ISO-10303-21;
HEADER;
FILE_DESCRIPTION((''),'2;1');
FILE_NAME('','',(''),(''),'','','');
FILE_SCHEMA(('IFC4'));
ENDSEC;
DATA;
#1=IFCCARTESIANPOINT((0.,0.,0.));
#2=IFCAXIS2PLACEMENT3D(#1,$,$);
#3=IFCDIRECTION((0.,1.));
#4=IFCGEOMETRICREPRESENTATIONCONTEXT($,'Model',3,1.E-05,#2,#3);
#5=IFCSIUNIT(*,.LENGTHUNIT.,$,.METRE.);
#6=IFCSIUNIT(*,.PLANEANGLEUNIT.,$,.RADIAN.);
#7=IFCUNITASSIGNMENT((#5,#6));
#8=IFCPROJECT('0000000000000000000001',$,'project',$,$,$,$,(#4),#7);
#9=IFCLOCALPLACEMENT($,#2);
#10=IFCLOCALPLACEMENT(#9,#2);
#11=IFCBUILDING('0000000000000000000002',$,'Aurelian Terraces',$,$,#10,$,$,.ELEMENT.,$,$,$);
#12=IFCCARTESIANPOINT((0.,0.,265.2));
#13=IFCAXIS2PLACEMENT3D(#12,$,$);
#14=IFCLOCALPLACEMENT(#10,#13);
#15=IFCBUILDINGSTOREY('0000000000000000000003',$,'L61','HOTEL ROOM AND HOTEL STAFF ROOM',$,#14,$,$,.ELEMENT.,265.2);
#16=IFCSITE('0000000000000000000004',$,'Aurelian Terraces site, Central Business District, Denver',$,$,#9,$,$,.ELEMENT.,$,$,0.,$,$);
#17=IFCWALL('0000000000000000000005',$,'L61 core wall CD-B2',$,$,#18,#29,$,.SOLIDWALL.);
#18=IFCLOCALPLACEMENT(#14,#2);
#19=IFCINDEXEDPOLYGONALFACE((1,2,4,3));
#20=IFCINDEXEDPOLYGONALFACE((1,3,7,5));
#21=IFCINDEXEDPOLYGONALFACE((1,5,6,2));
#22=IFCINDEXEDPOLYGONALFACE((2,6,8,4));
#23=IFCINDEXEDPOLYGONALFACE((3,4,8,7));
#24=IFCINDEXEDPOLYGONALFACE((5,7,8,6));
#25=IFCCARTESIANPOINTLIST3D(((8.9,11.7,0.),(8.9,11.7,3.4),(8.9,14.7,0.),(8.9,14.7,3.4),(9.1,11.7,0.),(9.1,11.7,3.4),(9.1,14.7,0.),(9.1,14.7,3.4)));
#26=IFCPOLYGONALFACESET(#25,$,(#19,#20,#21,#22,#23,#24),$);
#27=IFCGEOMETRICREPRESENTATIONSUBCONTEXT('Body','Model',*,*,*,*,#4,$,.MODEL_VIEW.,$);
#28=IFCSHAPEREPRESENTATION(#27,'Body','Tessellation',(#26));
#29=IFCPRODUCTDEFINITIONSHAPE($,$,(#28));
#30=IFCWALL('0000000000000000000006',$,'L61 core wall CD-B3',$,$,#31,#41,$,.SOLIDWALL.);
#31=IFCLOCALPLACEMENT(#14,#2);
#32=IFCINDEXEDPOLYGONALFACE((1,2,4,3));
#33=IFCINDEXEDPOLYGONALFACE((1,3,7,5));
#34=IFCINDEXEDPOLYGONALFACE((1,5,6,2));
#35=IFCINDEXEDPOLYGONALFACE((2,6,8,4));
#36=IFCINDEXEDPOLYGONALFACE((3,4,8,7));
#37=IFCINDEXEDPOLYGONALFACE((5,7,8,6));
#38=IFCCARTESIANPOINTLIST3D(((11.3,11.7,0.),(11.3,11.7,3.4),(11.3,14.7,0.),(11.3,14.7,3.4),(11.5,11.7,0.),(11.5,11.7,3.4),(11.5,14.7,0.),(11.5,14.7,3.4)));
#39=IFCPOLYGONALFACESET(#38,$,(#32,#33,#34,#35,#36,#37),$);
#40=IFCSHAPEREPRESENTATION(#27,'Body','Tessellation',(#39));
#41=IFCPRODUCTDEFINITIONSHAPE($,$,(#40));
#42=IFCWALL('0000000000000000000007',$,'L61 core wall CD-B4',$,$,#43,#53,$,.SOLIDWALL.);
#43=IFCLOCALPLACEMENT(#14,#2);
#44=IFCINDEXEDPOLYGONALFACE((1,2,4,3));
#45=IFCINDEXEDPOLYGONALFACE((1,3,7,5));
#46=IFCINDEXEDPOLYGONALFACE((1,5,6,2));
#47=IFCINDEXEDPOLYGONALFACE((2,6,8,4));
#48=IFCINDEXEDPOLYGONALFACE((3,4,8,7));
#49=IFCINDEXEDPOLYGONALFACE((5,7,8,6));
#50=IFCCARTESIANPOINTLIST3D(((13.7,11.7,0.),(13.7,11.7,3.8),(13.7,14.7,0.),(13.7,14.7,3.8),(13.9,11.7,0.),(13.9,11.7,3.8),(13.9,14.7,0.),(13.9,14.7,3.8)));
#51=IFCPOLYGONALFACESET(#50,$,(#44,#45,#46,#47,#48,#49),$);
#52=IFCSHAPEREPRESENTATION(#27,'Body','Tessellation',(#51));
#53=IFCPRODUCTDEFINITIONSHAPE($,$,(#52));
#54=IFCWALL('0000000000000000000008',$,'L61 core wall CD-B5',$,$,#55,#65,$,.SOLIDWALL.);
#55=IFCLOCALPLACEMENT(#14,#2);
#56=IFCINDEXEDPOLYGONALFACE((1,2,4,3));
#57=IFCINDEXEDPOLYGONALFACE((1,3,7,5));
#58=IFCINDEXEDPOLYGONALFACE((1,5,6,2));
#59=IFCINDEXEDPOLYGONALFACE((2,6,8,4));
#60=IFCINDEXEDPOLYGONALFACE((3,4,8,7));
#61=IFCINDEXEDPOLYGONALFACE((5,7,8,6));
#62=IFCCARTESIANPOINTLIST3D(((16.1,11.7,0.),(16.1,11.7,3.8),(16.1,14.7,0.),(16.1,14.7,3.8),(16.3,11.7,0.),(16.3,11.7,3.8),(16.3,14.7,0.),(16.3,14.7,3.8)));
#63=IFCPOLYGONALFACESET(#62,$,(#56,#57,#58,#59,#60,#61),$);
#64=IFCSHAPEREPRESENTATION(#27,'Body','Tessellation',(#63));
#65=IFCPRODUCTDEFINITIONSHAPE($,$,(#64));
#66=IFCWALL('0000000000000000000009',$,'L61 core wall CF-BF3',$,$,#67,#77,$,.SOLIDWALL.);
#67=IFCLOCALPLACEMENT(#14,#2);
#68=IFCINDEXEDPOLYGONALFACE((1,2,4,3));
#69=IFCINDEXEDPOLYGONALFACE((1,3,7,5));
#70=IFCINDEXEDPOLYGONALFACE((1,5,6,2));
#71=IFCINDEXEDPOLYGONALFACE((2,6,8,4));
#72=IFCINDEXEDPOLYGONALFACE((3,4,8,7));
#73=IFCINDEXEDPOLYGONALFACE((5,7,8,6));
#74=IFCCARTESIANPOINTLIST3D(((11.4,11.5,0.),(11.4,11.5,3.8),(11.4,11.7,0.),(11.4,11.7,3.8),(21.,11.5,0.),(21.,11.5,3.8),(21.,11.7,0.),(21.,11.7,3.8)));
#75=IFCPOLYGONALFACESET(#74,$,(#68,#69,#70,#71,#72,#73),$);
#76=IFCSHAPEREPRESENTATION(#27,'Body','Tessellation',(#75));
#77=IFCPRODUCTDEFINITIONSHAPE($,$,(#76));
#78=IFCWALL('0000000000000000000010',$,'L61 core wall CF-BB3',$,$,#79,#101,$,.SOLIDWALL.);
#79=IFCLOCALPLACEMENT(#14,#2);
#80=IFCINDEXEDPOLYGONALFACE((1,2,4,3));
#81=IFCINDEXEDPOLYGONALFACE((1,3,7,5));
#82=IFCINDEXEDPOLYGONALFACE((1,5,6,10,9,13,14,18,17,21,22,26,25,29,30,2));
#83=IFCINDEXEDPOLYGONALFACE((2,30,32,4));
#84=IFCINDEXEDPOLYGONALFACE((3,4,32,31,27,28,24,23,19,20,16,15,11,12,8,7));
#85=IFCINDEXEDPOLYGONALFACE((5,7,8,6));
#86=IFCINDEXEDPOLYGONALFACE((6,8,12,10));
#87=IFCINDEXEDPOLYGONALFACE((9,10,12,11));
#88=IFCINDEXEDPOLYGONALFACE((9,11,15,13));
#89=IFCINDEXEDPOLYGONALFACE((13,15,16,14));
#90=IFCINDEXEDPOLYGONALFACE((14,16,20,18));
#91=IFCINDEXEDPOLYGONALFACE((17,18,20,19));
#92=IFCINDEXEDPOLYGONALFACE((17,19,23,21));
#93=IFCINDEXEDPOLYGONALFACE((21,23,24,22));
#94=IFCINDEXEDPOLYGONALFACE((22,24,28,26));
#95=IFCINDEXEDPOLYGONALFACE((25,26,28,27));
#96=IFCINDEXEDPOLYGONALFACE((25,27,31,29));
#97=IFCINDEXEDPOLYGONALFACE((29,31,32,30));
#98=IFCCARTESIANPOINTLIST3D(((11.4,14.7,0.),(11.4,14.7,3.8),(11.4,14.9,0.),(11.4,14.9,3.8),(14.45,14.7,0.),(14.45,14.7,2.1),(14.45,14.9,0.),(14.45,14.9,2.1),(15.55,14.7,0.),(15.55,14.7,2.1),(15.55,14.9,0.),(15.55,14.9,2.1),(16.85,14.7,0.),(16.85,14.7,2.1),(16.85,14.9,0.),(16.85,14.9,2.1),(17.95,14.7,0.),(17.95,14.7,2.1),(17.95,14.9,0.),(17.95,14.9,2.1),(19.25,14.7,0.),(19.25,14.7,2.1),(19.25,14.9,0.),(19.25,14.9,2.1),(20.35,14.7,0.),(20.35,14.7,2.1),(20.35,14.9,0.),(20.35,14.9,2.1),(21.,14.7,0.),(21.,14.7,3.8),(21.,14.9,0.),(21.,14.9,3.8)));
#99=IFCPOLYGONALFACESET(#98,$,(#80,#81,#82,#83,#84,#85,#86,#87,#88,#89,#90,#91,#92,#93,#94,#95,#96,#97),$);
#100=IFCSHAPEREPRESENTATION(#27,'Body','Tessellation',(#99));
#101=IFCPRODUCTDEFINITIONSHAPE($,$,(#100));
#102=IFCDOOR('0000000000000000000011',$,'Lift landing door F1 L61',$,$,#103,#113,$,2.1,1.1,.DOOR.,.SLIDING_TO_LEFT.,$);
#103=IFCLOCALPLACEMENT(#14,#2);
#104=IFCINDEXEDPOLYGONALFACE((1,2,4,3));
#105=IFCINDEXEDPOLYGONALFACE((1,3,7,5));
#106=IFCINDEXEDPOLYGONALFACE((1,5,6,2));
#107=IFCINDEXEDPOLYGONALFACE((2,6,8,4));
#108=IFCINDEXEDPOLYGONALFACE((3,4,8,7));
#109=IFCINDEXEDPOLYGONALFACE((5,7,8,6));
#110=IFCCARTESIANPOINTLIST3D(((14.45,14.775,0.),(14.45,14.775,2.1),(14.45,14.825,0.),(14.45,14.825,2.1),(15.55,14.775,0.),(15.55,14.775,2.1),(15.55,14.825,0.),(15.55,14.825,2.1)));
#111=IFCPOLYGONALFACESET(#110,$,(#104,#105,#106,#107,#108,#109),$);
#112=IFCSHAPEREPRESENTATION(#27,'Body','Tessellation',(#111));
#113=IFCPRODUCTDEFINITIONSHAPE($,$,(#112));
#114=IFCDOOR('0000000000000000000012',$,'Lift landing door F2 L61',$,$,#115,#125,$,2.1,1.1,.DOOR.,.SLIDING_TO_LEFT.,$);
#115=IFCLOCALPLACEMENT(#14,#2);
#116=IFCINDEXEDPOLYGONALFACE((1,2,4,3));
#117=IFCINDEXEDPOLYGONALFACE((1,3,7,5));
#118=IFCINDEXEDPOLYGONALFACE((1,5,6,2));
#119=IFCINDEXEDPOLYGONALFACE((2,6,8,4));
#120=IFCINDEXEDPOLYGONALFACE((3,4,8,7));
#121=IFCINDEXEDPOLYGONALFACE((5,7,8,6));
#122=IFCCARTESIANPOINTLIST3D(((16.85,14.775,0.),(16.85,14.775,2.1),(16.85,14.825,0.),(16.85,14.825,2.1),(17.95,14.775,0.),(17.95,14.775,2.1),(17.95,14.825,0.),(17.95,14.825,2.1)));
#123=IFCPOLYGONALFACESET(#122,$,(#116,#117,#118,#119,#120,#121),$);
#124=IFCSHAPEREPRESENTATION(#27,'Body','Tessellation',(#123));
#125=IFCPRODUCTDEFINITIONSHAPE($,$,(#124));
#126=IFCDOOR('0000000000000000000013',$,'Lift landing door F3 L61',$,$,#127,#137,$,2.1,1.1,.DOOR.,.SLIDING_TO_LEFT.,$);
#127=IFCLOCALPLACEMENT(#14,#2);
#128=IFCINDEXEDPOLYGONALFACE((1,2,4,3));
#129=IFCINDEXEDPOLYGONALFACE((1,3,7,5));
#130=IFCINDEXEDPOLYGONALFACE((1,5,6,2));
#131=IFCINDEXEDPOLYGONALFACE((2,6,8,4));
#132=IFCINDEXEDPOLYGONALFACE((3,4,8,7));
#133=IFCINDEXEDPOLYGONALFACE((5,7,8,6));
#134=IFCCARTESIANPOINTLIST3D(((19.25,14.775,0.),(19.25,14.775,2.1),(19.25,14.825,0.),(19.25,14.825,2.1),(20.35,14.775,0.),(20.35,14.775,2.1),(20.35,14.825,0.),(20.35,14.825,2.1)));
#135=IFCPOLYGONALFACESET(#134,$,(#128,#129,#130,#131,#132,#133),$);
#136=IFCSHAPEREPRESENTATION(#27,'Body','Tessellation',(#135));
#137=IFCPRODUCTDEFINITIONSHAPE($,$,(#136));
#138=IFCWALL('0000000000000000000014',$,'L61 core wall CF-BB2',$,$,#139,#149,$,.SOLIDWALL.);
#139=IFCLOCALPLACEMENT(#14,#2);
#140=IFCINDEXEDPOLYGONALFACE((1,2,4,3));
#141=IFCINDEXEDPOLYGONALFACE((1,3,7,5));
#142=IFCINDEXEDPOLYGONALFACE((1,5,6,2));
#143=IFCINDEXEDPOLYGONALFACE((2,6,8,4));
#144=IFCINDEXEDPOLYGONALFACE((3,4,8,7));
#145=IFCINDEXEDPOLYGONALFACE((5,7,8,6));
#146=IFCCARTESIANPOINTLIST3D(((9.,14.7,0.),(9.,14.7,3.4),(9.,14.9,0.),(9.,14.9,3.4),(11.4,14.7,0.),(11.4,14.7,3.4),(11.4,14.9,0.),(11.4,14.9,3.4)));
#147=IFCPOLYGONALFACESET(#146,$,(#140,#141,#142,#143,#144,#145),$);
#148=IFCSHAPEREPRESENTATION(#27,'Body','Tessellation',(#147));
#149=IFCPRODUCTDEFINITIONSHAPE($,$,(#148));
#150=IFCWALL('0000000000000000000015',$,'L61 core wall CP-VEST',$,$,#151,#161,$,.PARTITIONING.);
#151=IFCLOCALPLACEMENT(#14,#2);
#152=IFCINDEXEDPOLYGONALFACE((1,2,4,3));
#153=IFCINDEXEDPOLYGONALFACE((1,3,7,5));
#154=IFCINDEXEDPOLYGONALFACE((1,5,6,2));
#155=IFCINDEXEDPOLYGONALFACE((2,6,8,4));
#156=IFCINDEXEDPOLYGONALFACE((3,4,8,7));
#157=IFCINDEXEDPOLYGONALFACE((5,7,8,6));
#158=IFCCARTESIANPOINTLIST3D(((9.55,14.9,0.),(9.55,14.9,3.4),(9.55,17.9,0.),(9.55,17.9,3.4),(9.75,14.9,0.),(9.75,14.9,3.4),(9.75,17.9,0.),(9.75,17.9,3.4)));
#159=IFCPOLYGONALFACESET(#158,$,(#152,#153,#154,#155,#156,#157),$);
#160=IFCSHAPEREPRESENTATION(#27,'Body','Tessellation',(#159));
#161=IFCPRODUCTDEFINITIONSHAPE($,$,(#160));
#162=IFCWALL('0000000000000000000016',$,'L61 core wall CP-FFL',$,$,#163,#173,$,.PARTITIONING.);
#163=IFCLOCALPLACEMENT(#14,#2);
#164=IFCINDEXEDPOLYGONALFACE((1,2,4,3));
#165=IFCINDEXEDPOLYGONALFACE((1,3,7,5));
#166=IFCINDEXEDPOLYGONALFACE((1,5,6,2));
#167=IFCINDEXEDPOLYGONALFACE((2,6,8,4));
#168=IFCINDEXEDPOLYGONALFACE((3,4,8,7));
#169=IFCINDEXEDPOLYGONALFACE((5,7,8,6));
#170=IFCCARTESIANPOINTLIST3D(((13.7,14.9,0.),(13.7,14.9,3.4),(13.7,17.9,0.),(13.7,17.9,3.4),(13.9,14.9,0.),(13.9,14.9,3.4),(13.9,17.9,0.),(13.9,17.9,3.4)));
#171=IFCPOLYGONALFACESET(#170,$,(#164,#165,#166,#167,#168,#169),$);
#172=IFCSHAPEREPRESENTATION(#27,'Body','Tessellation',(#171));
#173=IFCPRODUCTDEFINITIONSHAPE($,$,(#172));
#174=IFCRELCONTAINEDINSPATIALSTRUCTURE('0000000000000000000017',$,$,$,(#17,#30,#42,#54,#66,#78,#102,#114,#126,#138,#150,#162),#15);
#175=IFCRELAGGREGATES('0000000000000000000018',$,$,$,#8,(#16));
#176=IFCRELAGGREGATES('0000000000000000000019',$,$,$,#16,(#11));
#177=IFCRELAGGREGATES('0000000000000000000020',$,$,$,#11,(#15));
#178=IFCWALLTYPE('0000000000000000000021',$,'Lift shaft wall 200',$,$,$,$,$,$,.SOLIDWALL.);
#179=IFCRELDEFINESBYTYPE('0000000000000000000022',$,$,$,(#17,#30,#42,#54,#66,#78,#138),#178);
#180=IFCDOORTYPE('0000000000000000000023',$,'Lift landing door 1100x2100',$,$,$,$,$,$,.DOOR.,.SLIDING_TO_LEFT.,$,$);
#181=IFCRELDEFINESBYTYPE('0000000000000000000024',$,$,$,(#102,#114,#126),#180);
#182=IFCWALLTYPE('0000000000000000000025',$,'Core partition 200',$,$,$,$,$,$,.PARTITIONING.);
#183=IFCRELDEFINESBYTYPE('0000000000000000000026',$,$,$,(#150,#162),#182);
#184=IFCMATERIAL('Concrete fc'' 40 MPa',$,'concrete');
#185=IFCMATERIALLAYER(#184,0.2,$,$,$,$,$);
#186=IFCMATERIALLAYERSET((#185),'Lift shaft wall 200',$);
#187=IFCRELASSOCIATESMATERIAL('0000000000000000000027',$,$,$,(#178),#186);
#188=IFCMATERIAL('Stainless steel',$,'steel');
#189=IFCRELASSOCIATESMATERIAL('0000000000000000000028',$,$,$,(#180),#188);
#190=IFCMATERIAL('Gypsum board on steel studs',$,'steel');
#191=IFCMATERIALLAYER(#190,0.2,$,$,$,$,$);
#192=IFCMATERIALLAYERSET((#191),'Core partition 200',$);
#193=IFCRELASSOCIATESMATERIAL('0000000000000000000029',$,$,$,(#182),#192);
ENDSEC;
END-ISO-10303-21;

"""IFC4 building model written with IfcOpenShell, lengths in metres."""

from ifc_helpers import new_model, si_unit, direction, frame, frame_2d, origin, place, context, subcontext, project, spatial, rectangle, extrude, source, transform, mapped, material, layer, layer_set, type_object, element, fill, save


model = new_model("IFC4")

# Units and contexts
model_context = context("Model", 3, precision=1e-05, world=origin(), true_north=direction((0.0, 1.0)))
body_context = subcontext(model_context, "Body", "Model", "MODEL_VIEW")
ifc_project = project(units=[si_unit("LENGTHUNIT", "METRE"), si_unit("PLANEANGLEUNIT", "RADIAN")], contexts=[model_context])

# Site, building, storey
site_placement = place(None, origin())
site = spatial("IfcSite", under=ifc_project, at=site_placement, Name="Aurelian Terraces site, Central Business District, Denver", CompositionType="ELEMENT", RefElevation=0.0)
building_placement = place(site_placement, origin())
building = spatial("IfcBuilding", under=site, at=building_placement, Name="Aurelian Terraces", CompositionType="ELEMENT")
storey_placement = place(building_placement, frame((0.0, 0.0, 265.2)))
storey = spatial("IfcBuildingStorey", under=building, at=storey_placement, Name="L61", Description="HOTEL ROOM AND HOTEL STAFF ROOM", CompositionType="ELEMENT", Elevation=265.2)

# Walls
ifc_material_1 = material(Name="Concrete fc' 40 MPa", Category="concrete")
ifc_layer_1 = layer(ifc_material_1, 0.2)
ifc_layer_set_1 = layer_set([ifc_layer_1], Name="Lift shaft wall 200")
wall_type_1 = type_object("IfcWallType", Name="Lift shaft wall 200", PredefinedType="SOLIDWALL", material=ifc_layer_set_1)
shared_shape_1 = source(origin(), body_context, "Body", "SweptSolid", [
    extrude(rectangle(XDim=3.0, YDim=0.2, at=frame_2d((1.5, 0.0))), origin(), (0.0, 0.0, 1.0), 3.4),
])
for number, where, z_axis, x_axis, name in (
    (1, (9.0, 11.7, 0.0), (0.0, 0.0, 1.0), (0.0, 1.0, 0.0), "L61 core wall CD-B2"),
    (2, (11.4, 11.7, 0.0), (0.0, 0.0, 1.0), (0.0, 1.0, 0.0), "L61 core wall CD-B3"),
):
    element("IfcWall", number, at=place(storey_placement, frame(where, z_axis=z_axis, x_axis=x_axis)), inside=storey, type_object=wall_type_1, Name=name, PredefinedType="SOLIDWALL", context=body_context, shape_type="MappedRepresentation", body=[
        mapped(shared_shape_1, transform((0.0, 0.0, 0.0), scale=1.0)),
    ])
shared_shape_2 = source(origin(), body_context, "Body", "SweptSolid", [
    extrude(rectangle(XDim=3.0, YDim=0.2, at=frame_2d((1.5, 0.0))), origin(), (0.0, 0.0, 1.0), 3.8),
])
for number, where, z_axis, x_axis, name in (
    (3, (13.8, 11.7, 0.0), (0.0, 0.0, 1.0), (0.0, 1.0, 0.0), "L61 core wall CD-B4"),
    (4, (16.2, 11.7, 0.0), (0.0, 0.0, 1.0), (0.0, 1.0, 0.0), "L61 core wall CD-B5"),
):
    element("IfcWall", number, at=place(storey_placement, frame(where, z_axis=z_axis, x_axis=x_axis)), inside=storey, type_object=wall_type_1, Name=name, PredefinedType="SOLIDWALL", context=body_context, shape_type="MappedRepresentation", body=[
        mapped(shared_shape_2, transform((0.0, 0.0, 0.0), scale=1.0)),
    ])
shared_shape_3 = source(origin(), body_context, "Body", "SweptSolid", [
    extrude(rectangle(XDim=9.6, YDim=0.2, at=frame_2d((4.8, 0.0))), origin(), (0.0, 0.0, 1.0), 3.8),
])
wall_1_placement = place(storey_placement, frame((11.4, 11.6, 0.0), z_axis=(0.0, 0.0, 1.0), x_axis=(1.0, 0.0, 0.0)))
element("IfcWall", 5, at=wall_1_placement, inside=storey, type_object=wall_type_1, Name="L61 core wall CF-BF3", PredefinedType="SOLIDWALL", context=body_context, shape_type="MappedRepresentation", body=[
    mapped(shared_shape_3, transform((0.0, 0.0, 0.0), scale=1.0)),
])

# Wall, openings, doors
wall_2_placement = place(storey_placement, frame((11.4, 14.8, 0.0), z_axis=(0.0, 0.0, 1.0), x_axis=(1.0, 0.0, 0.0)))
wall_2 = element("IfcWall", 6, at=wall_2_placement, inside=storey, type_object=wall_type_1, Name="L61 core wall CF-BB3", PredefinedType="SOLIDWALL", context=body_context, shape_type="MappedRepresentation", body=[
    mapped(shared_shape_3, transform((0.0, 0.0, 0.0), scale=1.0)),
])
shared_shape_4 = source(origin(), body_context, "Body", "SweptSolid", [
    extrude(rectangle(XDim=1.1, YDim=2.1, at=frame_2d((0.55, 1.05))), frame((0.0, 0.11, 0.0), z_axis=(0.0, -1.0, 0.0), x_axis=(1.0, 0.0, 0.0)), (0.0, 0.0, 1.0), 0.22),
])
opening_1_placement = place(wall_2_placement, frame((3.05, 0.0, 0.0)))
opening_1 = element("IfcOpeningElement", 7, at=opening_1_placement, cuts=wall_2, PredefinedType="OPENING", context=body_context, shape_type="MappedRepresentation", body=[
    mapped(shared_shape_4, transform((0.0, 0.0, 0.0), scale=1.0)),
])
opening_2_placement = place(wall_2_placement, frame((5.45, 0.0, 0.0)))
opening_2 = element("IfcOpeningElement", 8, at=opening_2_placement, cuts=wall_2, PredefinedType="OPENING", context=body_context, shape_type="MappedRepresentation", body=[
    mapped(shared_shape_4, transform((0.0, 0.0, 0.0), scale=1.0)),
])
opening_3_placement = place(wall_2_placement, frame((7.85, 0.0, 0.0)))
opening_3 = element("IfcOpeningElement", 9, at=opening_3_placement, cuts=wall_2, PredefinedType="OPENING", context=body_context, shape_type="MappedRepresentation", body=[
    mapped(shared_shape_4, transform((0.0, 0.0, 0.0), scale=1.0)),
])
ifc_material_2 = material(Name="Stainless steel", Category="steel")
door_type_1 = type_object("IfcDoorType", Name="Lift landing door 1100x2100", OperationType="SLIDING_TO_LEFT", PredefinedType="DOOR", material=ifc_material_2)
shared_shape_5 = source(origin(), body_context, "Body", "SweptSolid", [
    extrude(rectangle(XDim=1.1, YDim=2.1, at=frame_2d((0.55, 1.05))), frame((0.0, 0.025, 0.0), z_axis=(0.0, -1.0, 0.0), x_axis=(1.0, 0.0, 0.0)), (0.0, 0.0, 1.0), 0.05),
])
door_1_placement = place(opening_1_placement, origin())
door_1 = element("IfcDoor", 10, at=door_1_placement, inside=storey, type_object=door_type_1, Name="Lift landing door F1 L61", OperationType="SLIDING_TO_LEFT", OverallHeight=2.1, OverallWidth=1.1, PredefinedType="DOOR", context=body_context, shape_type="MappedRepresentation", body=[
    mapped(shared_shape_5, transform((0.0, 0.0, 0.0), scale=1.0)),
])
fill(opening_1, door_1)
door_2_placement = place(opening_2_placement, origin())
door_2 = element("IfcDoor", 11, at=door_2_placement, inside=storey, type_object=door_type_1, Name="Lift landing door F2 L61", OperationType="SLIDING_TO_LEFT", OverallHeight=2.1, OverallWidth=1.1, PredefinedType="DOOR", context=body_context, shape_type="MappedRepresentation", body=[
    mapped(shared_shape_5, transform((0.0, 0.0, 0.0), scale=1.0)),
])
fill(opening_2, door_2)
door_3_placement = place(opening_3_placement, origin())
door_3 = element("IfcDoor", 12, at=door_3_placement, inside=storey, type_object=door_type_1, Name="Lift landing door F3 L61", OperationType="SLIDING_TO_LEFT", OverallHeight=2.1, OverallWidth=1.1, PredefinedType="DOOR", context=body_context, shape_type="MappedRepresentation", body=[
    mapped(shared_shape_5, transform((0.0, 0.0, 0.0), scale=1.0)),
])
fill(opening_3, door_3)

# Walls
shared_shape_6 = source(origin(), body_context, "Body", "SweptSolid", [
    extrude(rectangle(XDim=2.4, YDim=0.2, at=frame_2d((1.2, 0.0))), origin(), (0.0, 0.0, 1.0), 3.4),
])
wall_3_placement = place(storey_placement, frame((9.0, 14.8, 0.0), z_axis=(0.0, 0.0, 1.0), x_axis=(1.0, 0.0, 0.0)))
element("IfcWall", 13, at=wall_3_placement, inside=storey, type_object=wall_type_1, Name="L61 core wall CF-BB2", PredefinedType="SOLIDWALL", context=body_context, shape_type="MappedRepresentation", body=[
    mapped(shared_shape_6, transform((0.0, 0.0, 0.0), scale=1.0)),
])
ifc_material_3 = material(Name="Gypsum board on steel studs", Category="steel")
ifc_layer_2 = layer(ifc_material_3, 0.2)
ifc_layer_set_2 = layer_set([ifc_layer_2], Name="Core partition 200")
wall_type_2 = type_object("IfcWallType", Name="Core partition 200", PredefinedType="PARTITIONING", material=ifc_layer_set_2)
shared_shape_7 = source(origin(), body_context, "Body", "SweptSolid", [
    extrude(rectangle(XDim=3.0, YDim=0.2, at=frame_2d((1.5, 0.0))), origin(), (0.0, 0.0, 1.0), 3.4),
])
for number, where, z_axis, x_axis, name in (
    (14, (9.65, 14.9, 0.0), (0.0, 0.0, 1.0), (0.0, 1.0, 0.0), "L61 core wall CP-VEST"),
    (15, (13.8, 14.9, 0.0), (0.0, 0.0, 1.0), (0.0, 1.0, 0.0), "L61 core wall CP-FFL"),
):
    element("IfcWall", number, at=place(storey_placement, frame(where, z_axis=z_axis, x_axis=x_axis)), inside=storey, type_object=wall_type_2, Name=name, PredefinedType="PARTITIONING", context=body_context, shape_type="MappedRepresentation", body=[
        mapped(shared_shape_7, transform((0.0, 0.0, 0.0), scale=1.0)),
    ])

save(model, "model.ifc")
